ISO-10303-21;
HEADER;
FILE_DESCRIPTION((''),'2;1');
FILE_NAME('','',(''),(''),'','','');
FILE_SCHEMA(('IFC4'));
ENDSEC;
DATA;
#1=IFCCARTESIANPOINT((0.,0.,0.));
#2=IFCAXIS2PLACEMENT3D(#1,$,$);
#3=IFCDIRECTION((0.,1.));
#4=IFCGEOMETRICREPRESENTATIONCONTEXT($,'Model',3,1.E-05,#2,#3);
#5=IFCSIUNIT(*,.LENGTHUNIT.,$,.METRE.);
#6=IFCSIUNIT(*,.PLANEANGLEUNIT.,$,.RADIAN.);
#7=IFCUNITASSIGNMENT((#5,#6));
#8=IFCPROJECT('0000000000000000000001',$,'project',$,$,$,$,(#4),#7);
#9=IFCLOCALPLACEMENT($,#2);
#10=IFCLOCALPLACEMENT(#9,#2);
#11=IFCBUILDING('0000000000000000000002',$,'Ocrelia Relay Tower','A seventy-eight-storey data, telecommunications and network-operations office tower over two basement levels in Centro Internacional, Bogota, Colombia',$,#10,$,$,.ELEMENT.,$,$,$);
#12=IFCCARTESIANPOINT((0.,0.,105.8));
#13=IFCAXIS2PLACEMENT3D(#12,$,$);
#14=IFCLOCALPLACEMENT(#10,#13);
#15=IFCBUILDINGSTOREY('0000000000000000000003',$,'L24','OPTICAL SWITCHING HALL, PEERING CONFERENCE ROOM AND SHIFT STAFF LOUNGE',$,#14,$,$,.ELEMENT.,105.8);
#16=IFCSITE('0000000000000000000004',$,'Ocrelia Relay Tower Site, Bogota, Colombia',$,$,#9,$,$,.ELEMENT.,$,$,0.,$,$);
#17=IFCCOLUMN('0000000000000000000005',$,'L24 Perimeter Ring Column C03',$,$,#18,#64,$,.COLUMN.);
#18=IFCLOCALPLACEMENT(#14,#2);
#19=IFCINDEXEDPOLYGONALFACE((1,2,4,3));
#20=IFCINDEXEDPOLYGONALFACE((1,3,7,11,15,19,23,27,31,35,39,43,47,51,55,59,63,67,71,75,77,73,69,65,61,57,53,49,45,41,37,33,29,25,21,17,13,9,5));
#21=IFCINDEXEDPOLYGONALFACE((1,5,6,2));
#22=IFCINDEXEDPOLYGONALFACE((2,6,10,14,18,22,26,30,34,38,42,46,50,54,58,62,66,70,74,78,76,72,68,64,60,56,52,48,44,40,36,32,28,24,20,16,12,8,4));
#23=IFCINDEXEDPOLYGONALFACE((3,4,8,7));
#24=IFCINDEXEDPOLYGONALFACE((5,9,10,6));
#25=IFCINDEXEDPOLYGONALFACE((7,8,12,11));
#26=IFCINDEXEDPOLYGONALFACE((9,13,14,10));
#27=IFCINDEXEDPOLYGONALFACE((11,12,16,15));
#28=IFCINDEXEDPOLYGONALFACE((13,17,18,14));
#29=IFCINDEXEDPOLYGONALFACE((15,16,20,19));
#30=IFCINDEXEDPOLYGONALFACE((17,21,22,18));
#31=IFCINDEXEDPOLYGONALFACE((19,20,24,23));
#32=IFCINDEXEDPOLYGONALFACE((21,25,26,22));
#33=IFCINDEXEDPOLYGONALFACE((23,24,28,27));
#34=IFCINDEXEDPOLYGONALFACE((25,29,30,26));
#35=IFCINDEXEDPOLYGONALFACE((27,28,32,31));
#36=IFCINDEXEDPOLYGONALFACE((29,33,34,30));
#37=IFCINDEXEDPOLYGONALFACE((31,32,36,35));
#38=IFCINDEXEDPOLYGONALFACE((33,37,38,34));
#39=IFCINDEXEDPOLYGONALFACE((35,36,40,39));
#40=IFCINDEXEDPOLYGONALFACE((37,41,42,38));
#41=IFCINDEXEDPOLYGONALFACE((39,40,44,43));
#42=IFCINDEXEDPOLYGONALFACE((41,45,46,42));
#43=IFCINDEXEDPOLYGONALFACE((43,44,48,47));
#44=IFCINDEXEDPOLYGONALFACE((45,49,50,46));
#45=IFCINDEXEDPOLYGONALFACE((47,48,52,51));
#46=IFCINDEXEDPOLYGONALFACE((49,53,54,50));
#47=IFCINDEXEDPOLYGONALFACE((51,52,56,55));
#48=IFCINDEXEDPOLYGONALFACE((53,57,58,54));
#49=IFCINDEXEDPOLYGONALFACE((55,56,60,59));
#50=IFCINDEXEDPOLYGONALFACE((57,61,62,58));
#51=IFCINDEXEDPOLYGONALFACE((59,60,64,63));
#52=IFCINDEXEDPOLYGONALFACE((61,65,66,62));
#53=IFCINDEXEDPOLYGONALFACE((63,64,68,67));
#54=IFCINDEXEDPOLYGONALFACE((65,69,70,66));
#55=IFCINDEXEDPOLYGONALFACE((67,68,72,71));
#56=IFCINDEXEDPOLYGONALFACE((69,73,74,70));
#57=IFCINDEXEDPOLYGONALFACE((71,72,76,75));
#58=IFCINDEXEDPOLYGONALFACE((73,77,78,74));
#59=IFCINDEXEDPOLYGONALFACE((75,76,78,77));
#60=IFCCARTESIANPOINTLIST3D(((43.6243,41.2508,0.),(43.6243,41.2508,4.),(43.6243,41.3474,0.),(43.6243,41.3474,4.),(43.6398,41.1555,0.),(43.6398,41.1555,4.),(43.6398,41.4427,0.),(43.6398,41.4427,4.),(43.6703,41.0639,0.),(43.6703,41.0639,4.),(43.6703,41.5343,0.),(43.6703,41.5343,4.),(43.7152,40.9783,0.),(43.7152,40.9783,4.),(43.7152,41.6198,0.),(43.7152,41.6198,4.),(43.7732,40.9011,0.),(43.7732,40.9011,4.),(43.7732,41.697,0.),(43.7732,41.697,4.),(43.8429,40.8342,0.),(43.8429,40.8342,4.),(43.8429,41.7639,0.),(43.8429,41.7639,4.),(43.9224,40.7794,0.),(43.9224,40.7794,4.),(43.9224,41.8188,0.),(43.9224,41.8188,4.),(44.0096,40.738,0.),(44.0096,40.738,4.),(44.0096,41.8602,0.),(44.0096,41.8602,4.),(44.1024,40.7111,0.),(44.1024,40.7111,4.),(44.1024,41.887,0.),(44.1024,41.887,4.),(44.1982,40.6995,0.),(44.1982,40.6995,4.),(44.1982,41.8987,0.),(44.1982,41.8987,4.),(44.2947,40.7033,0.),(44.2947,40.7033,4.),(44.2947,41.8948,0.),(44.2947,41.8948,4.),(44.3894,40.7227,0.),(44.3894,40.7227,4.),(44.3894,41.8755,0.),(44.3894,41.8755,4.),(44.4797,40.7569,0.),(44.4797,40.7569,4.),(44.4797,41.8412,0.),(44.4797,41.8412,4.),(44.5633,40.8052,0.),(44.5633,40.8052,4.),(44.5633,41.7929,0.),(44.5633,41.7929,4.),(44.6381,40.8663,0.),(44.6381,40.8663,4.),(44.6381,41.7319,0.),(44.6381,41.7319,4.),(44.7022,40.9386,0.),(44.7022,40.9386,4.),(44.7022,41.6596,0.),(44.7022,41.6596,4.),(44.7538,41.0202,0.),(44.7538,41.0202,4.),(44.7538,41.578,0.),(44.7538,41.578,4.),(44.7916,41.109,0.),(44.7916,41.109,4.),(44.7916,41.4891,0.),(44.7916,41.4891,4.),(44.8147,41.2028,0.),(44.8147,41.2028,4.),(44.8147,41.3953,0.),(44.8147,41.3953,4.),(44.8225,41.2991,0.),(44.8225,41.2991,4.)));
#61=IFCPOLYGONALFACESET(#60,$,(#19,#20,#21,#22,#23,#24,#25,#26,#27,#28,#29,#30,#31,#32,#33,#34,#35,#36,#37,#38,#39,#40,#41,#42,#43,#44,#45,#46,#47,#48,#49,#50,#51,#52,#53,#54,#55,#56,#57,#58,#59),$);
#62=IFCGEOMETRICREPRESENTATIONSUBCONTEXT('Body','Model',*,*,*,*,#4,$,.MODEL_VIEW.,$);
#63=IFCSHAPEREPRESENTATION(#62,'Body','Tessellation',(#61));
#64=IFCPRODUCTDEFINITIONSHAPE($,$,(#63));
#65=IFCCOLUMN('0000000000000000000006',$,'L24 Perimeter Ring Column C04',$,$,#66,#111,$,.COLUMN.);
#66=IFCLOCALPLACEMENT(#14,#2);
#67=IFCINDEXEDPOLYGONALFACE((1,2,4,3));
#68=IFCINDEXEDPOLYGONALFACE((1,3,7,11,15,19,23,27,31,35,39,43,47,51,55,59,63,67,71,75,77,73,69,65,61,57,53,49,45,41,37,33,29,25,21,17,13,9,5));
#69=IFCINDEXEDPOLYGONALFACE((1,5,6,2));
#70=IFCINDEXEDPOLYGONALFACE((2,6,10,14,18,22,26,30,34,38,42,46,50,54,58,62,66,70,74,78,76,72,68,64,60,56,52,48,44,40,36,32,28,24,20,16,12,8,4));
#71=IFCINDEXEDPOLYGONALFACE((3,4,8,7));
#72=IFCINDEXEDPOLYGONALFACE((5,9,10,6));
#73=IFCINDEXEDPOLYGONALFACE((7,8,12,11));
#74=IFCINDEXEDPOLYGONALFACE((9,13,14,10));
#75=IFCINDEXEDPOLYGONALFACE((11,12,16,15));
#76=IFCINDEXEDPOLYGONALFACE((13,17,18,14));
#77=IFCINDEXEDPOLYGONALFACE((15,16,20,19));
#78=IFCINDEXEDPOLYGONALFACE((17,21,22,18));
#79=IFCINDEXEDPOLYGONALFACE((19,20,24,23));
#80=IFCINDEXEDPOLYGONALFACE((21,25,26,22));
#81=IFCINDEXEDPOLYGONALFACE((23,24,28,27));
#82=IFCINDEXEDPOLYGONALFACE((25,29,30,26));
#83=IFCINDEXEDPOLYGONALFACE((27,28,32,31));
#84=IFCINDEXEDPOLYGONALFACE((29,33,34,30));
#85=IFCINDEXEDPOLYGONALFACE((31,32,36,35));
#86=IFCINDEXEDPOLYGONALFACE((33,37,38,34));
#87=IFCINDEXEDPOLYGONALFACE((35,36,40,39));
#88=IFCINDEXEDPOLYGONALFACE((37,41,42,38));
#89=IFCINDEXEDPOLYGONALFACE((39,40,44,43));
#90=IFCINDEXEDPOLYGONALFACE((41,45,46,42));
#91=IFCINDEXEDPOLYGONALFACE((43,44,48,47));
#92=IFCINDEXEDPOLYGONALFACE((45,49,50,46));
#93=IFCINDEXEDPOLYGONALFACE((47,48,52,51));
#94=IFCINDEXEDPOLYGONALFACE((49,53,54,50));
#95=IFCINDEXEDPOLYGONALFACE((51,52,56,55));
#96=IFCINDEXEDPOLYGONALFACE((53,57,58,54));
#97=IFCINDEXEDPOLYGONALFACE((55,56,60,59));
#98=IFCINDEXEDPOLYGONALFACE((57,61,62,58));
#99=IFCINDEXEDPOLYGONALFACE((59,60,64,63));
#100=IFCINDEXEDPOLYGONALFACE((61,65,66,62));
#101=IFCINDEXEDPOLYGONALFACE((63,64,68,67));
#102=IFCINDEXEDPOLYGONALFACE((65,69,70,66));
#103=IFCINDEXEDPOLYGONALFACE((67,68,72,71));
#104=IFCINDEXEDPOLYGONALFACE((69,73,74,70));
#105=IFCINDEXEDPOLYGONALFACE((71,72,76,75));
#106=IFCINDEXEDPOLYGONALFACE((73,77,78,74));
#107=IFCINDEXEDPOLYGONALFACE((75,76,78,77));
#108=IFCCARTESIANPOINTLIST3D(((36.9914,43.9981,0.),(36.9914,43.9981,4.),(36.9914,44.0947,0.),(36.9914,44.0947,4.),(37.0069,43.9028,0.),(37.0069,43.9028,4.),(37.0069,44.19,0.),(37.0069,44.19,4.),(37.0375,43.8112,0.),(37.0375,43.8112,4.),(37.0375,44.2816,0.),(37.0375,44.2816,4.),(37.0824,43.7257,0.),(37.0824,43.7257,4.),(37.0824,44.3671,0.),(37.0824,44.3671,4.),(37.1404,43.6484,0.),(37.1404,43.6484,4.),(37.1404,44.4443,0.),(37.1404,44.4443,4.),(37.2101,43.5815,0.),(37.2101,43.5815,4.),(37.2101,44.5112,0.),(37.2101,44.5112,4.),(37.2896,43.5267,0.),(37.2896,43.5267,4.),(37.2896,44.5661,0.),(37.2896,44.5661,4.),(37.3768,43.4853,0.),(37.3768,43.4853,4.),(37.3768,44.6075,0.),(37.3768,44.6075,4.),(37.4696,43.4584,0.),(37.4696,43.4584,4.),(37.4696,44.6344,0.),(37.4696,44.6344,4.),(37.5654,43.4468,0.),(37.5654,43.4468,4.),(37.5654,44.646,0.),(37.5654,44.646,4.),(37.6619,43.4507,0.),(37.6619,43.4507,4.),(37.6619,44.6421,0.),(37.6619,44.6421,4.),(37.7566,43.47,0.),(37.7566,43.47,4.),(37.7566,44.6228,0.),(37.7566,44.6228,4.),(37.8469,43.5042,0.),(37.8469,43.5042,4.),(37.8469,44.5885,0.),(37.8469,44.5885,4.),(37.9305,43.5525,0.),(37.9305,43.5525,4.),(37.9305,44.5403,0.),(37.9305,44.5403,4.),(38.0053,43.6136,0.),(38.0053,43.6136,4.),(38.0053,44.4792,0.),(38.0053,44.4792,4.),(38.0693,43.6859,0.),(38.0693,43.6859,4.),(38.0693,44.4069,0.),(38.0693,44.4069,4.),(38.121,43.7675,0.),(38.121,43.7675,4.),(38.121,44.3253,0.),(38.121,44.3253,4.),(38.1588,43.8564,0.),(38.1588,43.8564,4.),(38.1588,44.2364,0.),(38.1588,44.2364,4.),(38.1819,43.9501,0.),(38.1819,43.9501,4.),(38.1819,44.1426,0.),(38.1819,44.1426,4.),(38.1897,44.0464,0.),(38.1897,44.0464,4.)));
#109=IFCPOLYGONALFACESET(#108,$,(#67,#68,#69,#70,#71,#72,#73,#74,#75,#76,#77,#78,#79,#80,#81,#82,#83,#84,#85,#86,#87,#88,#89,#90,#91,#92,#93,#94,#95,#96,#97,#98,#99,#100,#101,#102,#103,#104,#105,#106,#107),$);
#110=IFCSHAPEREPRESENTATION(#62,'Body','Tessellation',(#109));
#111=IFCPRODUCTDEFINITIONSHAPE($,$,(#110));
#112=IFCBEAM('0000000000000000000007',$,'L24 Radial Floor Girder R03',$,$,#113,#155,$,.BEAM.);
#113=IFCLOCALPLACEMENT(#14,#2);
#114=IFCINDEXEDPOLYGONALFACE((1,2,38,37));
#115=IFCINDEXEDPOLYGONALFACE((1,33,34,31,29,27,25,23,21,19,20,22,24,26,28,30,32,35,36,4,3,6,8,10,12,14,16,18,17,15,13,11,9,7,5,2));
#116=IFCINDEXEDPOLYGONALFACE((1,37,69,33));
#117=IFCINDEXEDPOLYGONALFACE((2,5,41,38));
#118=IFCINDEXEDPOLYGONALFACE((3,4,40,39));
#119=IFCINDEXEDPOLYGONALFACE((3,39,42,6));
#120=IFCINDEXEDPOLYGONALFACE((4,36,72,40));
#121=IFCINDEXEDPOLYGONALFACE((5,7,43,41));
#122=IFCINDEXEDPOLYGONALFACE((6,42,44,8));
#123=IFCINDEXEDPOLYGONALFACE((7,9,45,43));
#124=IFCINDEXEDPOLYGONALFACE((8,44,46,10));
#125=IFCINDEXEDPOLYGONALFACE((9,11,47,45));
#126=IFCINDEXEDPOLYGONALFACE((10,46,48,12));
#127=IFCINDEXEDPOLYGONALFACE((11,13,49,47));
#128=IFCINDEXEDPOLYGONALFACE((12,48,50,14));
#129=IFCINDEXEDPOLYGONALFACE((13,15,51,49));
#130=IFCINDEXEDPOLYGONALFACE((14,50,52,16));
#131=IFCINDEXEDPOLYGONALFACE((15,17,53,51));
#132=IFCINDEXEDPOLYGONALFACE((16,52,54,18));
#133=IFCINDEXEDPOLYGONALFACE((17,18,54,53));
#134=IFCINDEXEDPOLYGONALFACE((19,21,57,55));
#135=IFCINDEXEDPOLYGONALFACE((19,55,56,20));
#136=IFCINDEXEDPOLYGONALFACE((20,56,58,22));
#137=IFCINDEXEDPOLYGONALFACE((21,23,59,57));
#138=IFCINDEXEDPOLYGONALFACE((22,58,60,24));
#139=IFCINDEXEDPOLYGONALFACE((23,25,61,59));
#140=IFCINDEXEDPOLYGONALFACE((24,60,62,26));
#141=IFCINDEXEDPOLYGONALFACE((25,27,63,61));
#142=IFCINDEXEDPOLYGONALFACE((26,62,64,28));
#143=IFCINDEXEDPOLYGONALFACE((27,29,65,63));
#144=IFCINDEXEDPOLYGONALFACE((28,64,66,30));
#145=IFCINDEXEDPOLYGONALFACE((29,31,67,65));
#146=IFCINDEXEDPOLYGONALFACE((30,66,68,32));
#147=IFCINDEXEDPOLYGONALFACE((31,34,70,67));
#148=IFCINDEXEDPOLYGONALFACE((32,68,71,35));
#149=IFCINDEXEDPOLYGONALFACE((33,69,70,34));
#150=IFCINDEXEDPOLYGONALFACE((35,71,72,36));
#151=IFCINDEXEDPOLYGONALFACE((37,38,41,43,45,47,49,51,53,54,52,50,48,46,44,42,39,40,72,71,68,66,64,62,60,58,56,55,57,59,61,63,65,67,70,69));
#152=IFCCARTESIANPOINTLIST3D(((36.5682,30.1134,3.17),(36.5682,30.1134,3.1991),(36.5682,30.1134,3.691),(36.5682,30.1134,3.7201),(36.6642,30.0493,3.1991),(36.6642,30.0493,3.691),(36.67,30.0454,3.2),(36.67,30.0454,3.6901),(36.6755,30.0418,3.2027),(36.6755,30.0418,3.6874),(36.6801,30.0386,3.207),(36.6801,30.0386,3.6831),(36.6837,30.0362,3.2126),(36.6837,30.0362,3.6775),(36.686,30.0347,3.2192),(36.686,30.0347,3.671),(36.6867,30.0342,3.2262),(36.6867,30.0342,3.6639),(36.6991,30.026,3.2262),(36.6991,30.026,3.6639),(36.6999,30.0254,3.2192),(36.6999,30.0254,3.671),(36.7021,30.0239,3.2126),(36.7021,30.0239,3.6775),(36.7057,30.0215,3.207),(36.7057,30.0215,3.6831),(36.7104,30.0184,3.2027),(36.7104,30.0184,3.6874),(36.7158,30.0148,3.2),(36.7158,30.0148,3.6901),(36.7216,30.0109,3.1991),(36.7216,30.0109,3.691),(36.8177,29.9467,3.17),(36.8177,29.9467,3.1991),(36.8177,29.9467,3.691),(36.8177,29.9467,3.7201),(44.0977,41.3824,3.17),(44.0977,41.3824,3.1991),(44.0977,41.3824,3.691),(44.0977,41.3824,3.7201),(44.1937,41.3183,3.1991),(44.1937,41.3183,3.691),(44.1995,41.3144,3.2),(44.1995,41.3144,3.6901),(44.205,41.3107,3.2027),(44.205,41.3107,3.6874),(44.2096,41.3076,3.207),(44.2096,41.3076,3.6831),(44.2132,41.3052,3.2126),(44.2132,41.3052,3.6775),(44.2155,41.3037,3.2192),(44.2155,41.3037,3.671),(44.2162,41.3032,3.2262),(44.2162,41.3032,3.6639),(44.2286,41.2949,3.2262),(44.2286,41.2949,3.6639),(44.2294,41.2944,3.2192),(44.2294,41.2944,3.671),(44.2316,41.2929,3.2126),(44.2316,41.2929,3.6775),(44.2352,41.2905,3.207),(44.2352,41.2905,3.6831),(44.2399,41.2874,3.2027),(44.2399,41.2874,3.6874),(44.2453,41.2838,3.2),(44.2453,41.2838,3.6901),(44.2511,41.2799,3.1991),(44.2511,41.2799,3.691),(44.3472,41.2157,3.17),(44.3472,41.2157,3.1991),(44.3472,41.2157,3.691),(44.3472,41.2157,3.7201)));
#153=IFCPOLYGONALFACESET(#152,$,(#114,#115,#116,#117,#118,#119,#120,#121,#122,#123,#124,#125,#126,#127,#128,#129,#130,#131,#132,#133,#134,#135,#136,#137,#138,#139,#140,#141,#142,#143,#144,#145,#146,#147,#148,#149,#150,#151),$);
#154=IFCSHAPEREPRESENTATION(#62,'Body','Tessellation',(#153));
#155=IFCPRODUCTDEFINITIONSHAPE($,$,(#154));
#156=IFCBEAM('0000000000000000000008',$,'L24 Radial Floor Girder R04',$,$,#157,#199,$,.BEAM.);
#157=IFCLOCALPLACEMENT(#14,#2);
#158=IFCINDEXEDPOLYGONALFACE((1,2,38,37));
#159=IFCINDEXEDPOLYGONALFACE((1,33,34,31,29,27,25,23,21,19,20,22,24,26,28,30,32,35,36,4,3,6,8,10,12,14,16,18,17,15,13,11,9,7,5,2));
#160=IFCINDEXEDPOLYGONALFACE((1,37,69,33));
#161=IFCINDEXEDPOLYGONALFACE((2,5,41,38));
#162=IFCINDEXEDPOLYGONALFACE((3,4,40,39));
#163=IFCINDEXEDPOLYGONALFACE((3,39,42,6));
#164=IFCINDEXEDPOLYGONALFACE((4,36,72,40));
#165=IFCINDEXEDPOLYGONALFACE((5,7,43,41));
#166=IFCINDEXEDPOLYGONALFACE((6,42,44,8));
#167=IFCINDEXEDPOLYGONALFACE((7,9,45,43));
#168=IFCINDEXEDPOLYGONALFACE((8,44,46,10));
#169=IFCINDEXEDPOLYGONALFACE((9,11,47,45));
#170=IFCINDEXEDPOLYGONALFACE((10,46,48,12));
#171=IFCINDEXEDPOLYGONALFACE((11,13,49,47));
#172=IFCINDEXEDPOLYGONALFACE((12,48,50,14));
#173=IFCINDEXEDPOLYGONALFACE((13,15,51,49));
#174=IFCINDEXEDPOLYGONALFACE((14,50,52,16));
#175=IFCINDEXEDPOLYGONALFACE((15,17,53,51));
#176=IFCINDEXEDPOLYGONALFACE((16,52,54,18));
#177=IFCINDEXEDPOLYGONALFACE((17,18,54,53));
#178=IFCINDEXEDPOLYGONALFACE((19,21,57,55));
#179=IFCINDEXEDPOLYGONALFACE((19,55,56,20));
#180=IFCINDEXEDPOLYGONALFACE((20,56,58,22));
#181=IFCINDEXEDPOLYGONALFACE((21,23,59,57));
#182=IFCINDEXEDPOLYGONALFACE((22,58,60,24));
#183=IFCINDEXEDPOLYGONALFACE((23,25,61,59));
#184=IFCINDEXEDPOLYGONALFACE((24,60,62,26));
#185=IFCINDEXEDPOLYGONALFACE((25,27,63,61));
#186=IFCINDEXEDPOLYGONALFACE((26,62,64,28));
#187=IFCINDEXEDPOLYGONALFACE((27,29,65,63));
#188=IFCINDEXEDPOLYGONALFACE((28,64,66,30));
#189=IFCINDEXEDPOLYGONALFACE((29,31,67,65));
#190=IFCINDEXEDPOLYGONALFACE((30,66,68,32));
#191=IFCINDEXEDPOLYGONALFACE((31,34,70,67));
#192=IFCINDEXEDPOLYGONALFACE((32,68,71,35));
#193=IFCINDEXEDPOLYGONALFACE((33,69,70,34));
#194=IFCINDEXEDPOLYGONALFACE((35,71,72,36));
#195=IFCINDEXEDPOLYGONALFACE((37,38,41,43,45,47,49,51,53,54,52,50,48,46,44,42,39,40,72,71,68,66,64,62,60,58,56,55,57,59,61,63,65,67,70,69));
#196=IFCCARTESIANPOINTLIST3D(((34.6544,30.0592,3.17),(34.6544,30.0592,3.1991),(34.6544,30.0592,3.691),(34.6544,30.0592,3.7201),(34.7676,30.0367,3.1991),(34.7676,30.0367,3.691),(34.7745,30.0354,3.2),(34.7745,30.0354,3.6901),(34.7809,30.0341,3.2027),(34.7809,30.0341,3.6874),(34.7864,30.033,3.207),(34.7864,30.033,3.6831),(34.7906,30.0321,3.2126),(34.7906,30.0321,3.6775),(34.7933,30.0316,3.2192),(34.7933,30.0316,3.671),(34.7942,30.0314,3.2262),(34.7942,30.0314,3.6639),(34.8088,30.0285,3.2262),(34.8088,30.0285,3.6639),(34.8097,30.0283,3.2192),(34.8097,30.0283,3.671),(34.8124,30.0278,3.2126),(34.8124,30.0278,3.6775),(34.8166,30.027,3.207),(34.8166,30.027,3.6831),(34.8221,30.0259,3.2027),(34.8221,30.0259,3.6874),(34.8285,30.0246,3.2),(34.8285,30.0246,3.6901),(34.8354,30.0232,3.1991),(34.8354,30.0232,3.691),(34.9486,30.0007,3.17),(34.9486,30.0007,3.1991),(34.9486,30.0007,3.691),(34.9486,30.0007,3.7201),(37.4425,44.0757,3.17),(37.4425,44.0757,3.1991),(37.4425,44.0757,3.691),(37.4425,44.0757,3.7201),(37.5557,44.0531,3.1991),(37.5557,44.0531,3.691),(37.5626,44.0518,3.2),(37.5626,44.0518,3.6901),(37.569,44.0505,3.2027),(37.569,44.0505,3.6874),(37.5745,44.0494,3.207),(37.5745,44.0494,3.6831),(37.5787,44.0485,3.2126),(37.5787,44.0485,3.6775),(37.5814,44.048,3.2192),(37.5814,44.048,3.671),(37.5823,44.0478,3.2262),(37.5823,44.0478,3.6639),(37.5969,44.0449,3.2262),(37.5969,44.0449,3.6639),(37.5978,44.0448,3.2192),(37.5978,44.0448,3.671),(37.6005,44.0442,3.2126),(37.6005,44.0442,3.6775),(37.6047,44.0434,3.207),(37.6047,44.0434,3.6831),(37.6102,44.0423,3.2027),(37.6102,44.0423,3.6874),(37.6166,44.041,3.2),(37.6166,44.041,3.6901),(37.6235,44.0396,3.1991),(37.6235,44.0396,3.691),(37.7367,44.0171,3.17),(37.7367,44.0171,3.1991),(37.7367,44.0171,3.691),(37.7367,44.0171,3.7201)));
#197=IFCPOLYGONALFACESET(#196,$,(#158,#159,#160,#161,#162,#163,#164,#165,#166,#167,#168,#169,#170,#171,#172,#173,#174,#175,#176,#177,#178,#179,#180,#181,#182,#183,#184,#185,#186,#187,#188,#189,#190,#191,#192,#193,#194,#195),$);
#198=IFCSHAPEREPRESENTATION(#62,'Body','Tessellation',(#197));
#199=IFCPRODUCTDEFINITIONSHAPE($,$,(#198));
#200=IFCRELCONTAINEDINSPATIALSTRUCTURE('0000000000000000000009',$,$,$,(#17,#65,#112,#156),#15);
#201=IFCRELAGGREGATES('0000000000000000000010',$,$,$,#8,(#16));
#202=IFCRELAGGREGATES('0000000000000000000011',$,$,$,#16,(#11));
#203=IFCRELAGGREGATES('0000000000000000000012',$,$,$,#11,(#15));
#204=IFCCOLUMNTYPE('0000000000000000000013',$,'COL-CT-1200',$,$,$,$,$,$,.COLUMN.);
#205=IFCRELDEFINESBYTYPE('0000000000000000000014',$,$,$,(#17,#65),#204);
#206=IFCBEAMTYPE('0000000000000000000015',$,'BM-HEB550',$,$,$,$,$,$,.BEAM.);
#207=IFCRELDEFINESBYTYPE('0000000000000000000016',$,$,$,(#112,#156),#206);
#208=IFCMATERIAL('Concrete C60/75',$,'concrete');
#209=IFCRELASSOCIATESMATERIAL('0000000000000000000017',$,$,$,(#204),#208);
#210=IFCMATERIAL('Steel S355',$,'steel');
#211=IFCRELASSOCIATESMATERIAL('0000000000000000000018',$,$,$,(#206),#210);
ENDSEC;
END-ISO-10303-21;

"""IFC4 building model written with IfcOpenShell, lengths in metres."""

from ifc_helpers import new_model, si_unit, direction, frame, origin, origin_2d, place, context, subcontext, project, spatial, circle, i_section, extrude, material, material_profile, profile_set, type_object, element, save


model = new_model("IFC4")

# Units and contexts
model_context = context("Model", 3, precision=1e-05, world=origin(), true_north=direction((0.0, 1.0)))
body_context = subcontext(model_context, "Body", "Model", "MODEL_VIEW")
ifc_project = project(units=[si_unit("LENGTHUNIT", "METRE"), si_unit("PLANEANGLEUNIT", "RADIAN")], contexts=[model_context])

# Site, building, storey
site_placement = place(None, origin())
site = spatial("IfcSite", under=ifc_project, at=site_placement, Name="Ocrelia Relay Tower Site, Bogota, Colombia", CompositionType="ELEMENT", RefElevation=0.0)
building_placement = place(site_placement, origin())
building = spatial("IfcBuilding", under=site, at=building_placement, Name="Ocrelia Relay Tower", Description="A seventy-eight-storey data, telecommunications and network-operations office tower over two basement levels in Centro Internacional, Bogota, Colombia", CompositionType="ELEMENT")
storey_placement = place(building_placement, frame((0.0, 0.0, 105.8)))
storey = spatial("IfcBuildingStorey", under=building, at=storey_placement, Name="L24", Description="OPTICAL SWITCHING HALL, PEERING CONFERENCE ROOM AND SHIFT STAFF LOUNGE", CompositionType="ELEMENT", Elevation=105.8)

# Columns
ifc_material_1 = material(Name="Concrete C60/75", Category="concrete")
ifc_material_profile_1 = material_profile(ifc_material_1, circle(Radius=0.6001, at=origin_2d()), Name="RC-CIR-1200")
ifc_profile_set_1 = profile_set([ifc_material_profile_1], Name="Concrete C60/75")
column_type = type_object("IfcColumnType", Name="COL-CT-1200", PredefinedType="COLUMN", material=ifc_profile_set_1)
for number, where, z_axis, x_axis, name in (
    (1, (44.2224, 41.2991, 0.0), (0.0, 0.0, 1.0), (1.0, 0.0, 0.0), "L24 Perimeter Ring Column C03"),
    (2, (37.5896, 44.0464, 0.0), (0.0, 0.0, 1.0), (1.0, 0.0, 0.0), "L24 Perimeter Ring Column C04"),
):
    element("IfcColumn", number, at=place(storey_placement, frame(where, z_axis=z_axis, x_axis=x_axis)), inside=storey, type_object=column_type, Name=name, PredefinedType="COLUMN", context=body_context, shape_type="SweptSolid", body=[
        extrude(circle(Radius=0.6001, at=origin_2d()), origin(), (0.0, 0.0, 1.0), 4.0),
    ])

# Beams
ifc_material_2 = material(Name="Steel S355", Category="steel")
ifc_material_profile_2 = material_profile(ifc_material_2, i_section(OverallWidth=0.3, OverallDepth=0.55, WebThickness=0.0149, FlangeThickness=0.0291, FilletRadius=0.0271, at=origin_2d()), Name="HEB 550")
ifc_profile_set_2 = profile_set([ifc_material_profile_2], Name="Steel S355")
beam_type_1 = type_object("IfcBeamType", Name="BM-HEB550", PredefinedType="BEAM", material=ifc_profile_set_2)
beam_1_placement = place(storey_placement, frame((44.2224, 41.2991, 3.4451), z_axis=(-0.55556, -0.831476, 0.0), x_axis=(0.831476, -0.55556, 0.0)))
element("IfcBeam", 3, at=beam_1_placement, inside=storey, type_object=beam_type_1, Name="L24 Radial Floor Girder R03", PredefinedType="BEAM", context=body_context, shape_type="SweptSolid", body=[
    extrude(i_section(OverallWidth=0.3, OverallDepth=0.55, WebThickness=0.0149, FlangeThickness=0.0291, FilletRadius=0.0271, at=origin_2d()), origin(), (0.0, 0.0, 1.0), 13.553),
])
beam_2_placement = place(storey_placement, frame((37.5896, 44.0464, 3.4451), z_axis=(-0.195094, -0.980784, 0.0), x_axis=(0.980784, -0.195094, 0.0)))
element("IfcBeam", 4, at=beam_2_placement, inside=storey, type_object=beam_type_1, Name="L24 Radial Floor Girder R04", PredefinedType="BEAM", context=body_context, shape_type="SweptSolid", body=[
    extrude(i_section(OverallWidth=0.3, OverallDepth=0.55, WebThickness=0.0149, FlangeThickness=0.0291, FilletRadius=0.0271, at=origin_2d()), origin(), (0.0, 0.0, 1.0), 14.291),
])

save(model, "model.ifc")
